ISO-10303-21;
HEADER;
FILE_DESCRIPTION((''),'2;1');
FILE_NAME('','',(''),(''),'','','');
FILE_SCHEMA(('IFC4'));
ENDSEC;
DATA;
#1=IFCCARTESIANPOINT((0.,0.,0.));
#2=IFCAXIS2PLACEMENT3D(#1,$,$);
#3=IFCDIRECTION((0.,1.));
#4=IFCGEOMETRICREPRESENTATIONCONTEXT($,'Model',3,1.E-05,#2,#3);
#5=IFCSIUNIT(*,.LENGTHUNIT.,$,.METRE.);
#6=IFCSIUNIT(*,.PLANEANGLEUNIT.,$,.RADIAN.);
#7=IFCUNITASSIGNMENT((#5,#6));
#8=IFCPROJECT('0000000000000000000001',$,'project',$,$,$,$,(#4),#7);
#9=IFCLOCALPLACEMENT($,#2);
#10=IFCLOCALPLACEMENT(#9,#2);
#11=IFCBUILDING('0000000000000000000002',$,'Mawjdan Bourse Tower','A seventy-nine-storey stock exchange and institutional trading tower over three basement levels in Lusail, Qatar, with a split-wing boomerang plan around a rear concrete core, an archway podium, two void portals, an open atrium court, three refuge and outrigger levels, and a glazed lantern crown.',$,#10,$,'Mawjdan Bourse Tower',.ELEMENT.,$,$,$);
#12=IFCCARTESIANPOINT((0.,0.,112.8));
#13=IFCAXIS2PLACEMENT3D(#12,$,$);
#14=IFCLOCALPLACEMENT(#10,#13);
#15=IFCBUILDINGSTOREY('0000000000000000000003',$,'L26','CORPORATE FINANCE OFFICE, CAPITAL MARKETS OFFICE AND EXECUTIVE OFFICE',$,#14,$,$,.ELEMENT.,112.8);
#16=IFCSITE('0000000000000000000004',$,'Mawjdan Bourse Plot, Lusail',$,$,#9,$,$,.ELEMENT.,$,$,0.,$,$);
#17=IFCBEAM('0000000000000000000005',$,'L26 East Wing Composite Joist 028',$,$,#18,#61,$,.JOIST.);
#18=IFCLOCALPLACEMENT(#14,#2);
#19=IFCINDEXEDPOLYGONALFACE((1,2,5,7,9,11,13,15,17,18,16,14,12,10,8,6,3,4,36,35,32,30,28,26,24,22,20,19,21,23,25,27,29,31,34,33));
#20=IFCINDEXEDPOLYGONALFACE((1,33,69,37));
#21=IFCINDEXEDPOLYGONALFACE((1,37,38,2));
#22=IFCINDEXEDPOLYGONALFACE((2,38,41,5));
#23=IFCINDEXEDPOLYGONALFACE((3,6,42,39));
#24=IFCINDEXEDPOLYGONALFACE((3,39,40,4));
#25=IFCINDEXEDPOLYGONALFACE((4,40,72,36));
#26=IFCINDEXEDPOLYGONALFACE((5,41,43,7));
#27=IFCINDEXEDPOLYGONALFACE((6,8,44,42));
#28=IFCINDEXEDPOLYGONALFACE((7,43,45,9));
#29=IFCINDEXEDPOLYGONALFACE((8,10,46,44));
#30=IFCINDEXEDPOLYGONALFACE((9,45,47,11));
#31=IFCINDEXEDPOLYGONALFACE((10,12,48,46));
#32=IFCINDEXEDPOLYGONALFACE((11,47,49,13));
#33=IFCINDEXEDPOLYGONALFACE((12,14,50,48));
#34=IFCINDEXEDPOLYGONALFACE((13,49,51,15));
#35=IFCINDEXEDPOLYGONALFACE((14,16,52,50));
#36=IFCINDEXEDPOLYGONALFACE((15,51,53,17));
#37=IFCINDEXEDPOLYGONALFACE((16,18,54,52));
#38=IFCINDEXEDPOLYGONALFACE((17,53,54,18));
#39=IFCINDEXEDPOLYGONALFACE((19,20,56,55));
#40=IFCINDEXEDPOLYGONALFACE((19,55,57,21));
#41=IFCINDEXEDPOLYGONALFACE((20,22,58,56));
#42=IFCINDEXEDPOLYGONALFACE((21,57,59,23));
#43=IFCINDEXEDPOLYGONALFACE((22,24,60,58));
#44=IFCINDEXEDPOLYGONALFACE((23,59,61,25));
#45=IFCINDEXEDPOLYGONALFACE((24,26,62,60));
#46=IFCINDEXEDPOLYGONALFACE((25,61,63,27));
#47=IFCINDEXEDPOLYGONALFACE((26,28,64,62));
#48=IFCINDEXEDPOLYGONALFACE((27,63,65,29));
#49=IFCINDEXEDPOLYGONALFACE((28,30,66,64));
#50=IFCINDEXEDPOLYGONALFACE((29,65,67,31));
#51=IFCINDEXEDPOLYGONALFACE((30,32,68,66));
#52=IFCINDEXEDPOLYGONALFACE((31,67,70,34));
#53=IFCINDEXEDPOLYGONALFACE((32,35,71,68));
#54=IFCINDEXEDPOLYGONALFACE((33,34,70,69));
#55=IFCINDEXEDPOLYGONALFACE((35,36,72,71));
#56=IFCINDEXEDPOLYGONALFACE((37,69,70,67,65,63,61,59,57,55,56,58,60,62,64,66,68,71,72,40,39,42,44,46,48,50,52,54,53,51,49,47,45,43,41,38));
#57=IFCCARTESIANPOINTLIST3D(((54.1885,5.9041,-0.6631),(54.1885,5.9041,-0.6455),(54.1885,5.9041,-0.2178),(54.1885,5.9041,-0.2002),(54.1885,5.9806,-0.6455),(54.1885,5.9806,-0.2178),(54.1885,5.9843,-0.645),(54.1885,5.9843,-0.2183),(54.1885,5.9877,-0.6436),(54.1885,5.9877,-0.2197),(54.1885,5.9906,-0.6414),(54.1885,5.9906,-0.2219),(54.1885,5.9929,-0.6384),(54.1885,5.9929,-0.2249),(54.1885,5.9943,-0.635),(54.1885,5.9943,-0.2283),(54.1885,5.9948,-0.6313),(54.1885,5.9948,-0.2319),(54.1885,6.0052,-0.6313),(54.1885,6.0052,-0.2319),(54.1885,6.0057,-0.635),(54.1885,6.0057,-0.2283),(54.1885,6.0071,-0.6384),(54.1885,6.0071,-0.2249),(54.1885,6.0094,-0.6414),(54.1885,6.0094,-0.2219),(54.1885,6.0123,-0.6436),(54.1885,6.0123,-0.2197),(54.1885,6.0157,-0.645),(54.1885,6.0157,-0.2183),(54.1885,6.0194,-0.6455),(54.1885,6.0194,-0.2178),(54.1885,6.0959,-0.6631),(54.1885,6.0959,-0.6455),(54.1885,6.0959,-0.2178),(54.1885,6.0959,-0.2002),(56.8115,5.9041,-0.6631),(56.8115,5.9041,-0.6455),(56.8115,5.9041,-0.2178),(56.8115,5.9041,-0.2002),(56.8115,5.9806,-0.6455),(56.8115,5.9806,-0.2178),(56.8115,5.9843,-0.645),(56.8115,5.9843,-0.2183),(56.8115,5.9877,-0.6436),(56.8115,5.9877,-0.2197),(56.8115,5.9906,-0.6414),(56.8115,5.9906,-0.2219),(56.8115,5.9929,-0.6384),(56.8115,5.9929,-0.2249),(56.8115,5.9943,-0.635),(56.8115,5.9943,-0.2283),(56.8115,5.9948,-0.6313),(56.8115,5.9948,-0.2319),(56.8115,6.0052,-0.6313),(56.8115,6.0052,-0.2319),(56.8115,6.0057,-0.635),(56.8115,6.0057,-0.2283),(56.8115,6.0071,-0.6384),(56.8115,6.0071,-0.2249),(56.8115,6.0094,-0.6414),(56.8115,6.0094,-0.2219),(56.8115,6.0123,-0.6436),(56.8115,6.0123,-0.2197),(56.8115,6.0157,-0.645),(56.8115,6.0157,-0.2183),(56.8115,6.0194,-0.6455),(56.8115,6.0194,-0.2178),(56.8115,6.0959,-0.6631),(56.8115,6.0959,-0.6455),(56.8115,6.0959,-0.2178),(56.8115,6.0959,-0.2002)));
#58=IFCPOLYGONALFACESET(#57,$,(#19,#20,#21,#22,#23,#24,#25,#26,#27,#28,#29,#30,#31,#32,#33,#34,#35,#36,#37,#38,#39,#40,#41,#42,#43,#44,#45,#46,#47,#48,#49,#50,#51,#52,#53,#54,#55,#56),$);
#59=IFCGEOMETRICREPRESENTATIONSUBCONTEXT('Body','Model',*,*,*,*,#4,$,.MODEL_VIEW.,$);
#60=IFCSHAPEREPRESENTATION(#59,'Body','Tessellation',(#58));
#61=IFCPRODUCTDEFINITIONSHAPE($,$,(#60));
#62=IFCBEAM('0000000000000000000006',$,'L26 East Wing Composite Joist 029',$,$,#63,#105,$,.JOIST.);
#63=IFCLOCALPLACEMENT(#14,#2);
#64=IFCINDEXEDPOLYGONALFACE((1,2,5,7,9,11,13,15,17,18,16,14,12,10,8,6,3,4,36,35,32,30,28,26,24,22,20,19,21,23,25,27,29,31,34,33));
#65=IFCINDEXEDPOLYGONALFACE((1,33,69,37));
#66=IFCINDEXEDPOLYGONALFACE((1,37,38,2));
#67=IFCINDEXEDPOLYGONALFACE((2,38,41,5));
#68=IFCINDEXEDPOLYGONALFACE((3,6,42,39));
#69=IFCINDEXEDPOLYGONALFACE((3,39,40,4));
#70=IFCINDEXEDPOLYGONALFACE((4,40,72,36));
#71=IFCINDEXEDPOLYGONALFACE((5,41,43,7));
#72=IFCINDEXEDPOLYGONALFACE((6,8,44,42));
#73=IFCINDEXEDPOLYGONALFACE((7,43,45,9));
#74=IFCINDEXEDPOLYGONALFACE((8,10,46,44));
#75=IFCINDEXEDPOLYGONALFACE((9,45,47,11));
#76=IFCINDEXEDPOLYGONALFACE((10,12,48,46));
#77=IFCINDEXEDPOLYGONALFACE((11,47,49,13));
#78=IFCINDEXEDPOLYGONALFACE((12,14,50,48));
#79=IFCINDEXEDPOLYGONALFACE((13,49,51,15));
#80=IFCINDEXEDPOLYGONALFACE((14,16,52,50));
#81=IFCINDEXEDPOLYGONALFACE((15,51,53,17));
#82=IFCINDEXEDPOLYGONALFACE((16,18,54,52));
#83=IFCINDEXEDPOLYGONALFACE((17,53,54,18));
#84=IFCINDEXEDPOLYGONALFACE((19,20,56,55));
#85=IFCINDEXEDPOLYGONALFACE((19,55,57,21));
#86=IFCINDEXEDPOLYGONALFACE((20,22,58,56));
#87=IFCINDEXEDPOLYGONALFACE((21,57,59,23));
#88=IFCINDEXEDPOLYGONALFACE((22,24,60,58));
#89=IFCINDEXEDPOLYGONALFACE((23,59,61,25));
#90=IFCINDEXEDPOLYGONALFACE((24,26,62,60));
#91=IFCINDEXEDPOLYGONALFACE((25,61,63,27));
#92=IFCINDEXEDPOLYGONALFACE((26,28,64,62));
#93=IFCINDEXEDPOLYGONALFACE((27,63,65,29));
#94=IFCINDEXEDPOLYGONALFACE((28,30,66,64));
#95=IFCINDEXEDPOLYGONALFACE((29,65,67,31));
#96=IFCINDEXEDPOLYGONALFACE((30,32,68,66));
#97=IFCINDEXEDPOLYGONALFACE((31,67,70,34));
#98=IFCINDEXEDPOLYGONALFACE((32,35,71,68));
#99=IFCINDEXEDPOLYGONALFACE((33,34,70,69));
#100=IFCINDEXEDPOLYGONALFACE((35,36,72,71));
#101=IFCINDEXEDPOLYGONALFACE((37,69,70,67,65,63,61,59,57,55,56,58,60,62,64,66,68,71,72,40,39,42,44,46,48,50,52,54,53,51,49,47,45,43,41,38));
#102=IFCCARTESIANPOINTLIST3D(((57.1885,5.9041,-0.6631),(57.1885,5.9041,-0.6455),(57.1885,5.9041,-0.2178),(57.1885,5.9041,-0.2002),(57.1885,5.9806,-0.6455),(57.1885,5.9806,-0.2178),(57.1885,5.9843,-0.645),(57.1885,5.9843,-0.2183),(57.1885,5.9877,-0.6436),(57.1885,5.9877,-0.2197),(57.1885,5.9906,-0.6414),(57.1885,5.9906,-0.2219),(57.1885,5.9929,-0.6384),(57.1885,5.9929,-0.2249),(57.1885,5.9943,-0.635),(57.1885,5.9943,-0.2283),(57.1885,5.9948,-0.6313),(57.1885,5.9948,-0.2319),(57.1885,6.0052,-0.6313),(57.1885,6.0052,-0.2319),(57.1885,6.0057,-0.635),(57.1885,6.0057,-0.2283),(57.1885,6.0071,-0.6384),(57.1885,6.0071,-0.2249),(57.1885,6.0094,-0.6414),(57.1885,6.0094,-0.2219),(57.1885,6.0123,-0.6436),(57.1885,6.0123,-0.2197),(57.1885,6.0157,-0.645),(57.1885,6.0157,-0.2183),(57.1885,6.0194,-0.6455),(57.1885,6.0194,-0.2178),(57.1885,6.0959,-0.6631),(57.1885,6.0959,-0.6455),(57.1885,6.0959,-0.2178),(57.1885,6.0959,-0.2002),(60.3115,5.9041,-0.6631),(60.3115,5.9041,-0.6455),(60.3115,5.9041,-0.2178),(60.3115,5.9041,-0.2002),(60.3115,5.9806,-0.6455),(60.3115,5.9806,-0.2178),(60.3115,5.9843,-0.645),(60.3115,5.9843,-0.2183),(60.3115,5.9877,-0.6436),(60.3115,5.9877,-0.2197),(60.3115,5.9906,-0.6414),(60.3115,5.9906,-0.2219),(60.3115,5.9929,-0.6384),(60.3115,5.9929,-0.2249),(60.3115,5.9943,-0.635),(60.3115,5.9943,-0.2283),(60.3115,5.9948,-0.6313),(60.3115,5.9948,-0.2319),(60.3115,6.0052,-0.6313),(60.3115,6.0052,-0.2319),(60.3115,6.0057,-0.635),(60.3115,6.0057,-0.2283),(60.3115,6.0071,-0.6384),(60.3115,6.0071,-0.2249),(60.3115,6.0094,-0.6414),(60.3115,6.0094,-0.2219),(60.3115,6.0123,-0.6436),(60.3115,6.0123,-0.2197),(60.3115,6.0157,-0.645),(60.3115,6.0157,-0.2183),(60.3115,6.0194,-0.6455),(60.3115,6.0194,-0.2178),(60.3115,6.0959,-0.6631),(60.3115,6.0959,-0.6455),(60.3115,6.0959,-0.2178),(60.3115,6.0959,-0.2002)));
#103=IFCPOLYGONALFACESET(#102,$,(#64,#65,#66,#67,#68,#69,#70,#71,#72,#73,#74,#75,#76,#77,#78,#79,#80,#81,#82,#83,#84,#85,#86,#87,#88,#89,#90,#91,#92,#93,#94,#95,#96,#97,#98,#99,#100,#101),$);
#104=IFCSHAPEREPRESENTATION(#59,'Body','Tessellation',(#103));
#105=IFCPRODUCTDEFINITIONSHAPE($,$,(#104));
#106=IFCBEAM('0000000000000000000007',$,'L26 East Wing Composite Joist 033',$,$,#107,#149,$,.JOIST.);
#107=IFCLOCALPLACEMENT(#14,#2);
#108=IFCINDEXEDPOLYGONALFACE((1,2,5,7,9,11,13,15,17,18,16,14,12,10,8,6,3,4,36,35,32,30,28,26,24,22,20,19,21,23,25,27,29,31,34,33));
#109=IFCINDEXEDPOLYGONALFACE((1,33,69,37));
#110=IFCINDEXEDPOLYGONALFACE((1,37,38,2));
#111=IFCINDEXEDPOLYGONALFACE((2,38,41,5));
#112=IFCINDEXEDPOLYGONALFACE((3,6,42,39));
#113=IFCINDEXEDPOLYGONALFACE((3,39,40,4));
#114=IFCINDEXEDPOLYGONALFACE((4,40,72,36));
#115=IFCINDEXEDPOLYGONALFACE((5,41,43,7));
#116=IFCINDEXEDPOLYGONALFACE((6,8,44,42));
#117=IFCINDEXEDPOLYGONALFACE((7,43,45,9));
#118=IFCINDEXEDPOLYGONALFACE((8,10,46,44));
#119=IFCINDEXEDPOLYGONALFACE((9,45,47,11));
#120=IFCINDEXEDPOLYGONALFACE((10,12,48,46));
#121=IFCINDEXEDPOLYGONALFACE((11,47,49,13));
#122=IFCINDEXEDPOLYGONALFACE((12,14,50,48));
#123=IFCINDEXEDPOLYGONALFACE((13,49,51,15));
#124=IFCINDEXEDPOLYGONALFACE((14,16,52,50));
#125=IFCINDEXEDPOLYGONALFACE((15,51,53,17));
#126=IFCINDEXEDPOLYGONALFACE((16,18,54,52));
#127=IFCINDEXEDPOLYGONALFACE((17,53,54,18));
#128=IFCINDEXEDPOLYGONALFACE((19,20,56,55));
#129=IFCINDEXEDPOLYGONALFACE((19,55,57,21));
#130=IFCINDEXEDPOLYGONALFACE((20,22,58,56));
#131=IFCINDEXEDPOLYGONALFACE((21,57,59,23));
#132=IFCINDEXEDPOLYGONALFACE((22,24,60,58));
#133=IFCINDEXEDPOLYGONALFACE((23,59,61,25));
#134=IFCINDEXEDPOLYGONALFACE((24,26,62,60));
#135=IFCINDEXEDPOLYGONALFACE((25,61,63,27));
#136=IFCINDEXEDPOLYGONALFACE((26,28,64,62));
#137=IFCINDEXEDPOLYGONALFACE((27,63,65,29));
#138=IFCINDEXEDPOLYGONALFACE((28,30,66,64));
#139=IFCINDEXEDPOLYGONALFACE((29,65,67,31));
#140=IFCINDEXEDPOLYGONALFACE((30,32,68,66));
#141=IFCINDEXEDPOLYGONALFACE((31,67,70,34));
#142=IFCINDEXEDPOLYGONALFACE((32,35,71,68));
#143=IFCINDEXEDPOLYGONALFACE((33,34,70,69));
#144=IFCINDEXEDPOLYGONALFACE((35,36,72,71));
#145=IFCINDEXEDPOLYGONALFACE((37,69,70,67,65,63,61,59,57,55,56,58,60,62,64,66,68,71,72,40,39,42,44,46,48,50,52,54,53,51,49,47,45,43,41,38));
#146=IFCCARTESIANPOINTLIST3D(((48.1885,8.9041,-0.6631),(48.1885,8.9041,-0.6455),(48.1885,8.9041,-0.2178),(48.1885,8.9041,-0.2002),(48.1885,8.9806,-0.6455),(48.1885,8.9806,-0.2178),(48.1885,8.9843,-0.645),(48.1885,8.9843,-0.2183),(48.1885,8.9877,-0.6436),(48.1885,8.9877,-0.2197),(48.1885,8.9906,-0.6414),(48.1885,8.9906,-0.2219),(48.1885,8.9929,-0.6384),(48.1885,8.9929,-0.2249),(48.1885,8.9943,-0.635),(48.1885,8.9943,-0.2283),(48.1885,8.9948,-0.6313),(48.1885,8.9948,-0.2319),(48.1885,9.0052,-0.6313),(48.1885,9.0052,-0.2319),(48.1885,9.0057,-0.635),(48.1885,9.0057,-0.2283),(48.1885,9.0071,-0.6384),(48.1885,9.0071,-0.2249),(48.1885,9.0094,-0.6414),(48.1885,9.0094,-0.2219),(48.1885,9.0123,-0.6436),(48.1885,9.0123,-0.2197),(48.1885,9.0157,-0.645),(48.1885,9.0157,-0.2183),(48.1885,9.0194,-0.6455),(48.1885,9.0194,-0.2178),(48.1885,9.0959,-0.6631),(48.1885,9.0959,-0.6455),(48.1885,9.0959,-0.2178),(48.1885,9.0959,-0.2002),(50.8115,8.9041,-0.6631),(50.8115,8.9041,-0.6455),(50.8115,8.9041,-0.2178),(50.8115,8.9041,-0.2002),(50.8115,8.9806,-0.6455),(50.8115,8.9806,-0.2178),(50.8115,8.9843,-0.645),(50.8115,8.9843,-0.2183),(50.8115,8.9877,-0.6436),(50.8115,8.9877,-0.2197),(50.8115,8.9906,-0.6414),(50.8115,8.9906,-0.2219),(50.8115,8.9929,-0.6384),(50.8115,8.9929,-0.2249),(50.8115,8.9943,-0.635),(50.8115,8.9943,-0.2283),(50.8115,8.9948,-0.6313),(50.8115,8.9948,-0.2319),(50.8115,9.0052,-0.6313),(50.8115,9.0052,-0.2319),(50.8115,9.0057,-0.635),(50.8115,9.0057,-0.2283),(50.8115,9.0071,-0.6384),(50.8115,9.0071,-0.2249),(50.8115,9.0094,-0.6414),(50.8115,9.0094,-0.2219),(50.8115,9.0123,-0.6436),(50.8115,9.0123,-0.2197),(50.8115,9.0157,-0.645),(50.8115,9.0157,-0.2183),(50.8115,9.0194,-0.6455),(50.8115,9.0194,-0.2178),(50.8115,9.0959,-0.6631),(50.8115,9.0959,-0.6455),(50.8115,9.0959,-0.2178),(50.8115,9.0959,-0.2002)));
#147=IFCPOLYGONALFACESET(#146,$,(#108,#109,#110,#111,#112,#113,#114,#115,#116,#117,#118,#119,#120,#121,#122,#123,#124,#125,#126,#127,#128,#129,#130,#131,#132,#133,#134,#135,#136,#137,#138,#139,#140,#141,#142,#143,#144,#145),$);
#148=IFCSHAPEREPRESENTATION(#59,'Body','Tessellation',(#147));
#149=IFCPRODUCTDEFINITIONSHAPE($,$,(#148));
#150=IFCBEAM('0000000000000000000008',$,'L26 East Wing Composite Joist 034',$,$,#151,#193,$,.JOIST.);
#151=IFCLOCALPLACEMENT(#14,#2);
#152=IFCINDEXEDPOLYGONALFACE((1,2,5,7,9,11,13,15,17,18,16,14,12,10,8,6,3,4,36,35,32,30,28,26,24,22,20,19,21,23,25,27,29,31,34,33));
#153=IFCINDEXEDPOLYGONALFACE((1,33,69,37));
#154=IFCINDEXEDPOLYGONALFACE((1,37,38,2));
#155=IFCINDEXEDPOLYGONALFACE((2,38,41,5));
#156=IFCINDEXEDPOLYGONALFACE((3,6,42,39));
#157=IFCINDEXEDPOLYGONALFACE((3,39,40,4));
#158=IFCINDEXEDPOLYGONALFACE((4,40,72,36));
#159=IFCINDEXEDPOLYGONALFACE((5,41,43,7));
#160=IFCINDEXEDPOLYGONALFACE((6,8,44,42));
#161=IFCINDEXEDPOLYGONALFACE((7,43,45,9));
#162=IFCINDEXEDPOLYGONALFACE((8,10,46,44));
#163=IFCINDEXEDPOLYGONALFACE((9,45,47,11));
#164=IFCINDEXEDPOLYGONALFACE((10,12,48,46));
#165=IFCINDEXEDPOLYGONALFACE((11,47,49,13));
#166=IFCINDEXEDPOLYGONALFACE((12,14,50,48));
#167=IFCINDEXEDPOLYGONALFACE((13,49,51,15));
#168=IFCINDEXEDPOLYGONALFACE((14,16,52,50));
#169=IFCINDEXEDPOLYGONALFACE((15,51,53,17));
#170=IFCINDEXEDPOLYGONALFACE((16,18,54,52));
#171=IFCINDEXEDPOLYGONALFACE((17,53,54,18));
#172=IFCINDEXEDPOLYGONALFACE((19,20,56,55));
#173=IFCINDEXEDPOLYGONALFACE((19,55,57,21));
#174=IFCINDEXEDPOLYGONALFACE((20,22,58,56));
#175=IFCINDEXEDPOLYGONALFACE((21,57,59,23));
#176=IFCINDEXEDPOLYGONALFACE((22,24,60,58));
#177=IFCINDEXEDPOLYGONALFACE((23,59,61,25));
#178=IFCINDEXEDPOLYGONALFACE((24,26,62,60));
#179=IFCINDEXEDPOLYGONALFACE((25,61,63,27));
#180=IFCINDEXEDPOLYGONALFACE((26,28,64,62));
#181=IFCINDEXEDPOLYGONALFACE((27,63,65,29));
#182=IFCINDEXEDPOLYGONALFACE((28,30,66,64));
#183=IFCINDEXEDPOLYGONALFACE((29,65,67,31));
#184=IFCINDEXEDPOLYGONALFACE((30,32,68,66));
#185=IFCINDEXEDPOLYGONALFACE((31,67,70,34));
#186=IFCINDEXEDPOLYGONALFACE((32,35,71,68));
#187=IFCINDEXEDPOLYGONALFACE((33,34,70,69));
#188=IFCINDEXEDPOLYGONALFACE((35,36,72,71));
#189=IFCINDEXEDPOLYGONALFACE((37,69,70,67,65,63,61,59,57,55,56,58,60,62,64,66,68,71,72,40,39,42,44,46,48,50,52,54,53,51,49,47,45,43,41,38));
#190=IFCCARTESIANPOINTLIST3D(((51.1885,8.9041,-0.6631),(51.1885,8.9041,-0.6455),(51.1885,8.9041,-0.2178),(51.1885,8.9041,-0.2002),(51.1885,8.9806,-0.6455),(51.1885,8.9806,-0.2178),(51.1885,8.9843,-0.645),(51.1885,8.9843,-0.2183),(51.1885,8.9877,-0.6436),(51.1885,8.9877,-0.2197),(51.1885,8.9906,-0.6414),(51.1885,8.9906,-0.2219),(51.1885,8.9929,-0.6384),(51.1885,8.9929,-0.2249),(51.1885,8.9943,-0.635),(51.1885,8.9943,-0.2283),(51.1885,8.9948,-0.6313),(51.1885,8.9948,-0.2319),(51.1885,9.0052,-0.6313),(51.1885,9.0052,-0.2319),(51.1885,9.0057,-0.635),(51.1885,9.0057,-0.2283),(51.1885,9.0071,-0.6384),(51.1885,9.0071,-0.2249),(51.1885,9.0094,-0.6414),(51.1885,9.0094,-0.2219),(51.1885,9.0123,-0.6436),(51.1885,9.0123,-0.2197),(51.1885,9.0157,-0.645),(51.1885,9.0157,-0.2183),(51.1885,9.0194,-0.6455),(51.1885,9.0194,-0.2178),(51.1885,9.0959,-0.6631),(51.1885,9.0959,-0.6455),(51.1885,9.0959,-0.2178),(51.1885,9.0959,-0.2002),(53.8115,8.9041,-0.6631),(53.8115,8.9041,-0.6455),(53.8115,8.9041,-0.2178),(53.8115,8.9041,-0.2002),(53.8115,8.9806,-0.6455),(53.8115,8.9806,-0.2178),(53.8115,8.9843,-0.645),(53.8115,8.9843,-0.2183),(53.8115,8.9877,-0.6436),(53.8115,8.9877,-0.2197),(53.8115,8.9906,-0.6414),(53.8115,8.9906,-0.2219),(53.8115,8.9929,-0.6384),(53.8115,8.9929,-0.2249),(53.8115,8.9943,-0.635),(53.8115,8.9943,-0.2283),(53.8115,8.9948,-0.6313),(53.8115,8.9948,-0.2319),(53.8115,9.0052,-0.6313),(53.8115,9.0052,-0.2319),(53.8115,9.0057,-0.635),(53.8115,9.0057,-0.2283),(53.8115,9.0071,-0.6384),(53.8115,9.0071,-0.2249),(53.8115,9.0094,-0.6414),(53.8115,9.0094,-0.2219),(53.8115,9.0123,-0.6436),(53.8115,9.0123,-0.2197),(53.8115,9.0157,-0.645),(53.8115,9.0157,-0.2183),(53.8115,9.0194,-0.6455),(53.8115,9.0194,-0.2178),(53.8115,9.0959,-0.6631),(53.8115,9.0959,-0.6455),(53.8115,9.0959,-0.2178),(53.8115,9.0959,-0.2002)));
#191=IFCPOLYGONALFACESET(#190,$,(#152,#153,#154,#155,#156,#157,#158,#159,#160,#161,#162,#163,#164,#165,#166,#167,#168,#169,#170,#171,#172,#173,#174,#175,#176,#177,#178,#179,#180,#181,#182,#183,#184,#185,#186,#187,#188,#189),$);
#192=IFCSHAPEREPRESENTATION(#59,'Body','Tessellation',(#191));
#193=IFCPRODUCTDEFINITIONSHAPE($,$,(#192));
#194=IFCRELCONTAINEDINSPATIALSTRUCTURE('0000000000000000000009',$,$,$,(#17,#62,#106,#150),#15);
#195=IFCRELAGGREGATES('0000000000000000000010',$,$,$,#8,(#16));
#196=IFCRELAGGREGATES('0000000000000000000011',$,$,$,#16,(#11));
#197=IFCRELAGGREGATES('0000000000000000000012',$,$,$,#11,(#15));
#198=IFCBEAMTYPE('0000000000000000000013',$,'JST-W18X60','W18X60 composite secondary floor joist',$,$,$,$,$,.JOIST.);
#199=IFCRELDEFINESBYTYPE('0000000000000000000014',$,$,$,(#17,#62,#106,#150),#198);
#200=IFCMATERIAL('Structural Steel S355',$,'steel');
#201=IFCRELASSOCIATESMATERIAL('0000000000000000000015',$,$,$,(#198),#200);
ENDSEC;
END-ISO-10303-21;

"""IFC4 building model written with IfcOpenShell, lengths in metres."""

from ifc_helpers import new_model, si_unit, direction, frame, origin, origin_2d, place, context, subcontext, project, spatial, i_section, extrude, material, material_profile, profile_set, type_object, element, save


model = new_model("IFC4")

# Units and contexts
model_context = context("Model", 3, precision=1e-05, world=origin(), true_north=direction((0.0, 1.0)))
body_context = subcontext(model_context, "Body", "Model", "MODEL_VIEW")
ifc_project = project(units=[si_unit("LENGTHUNIT", "METRE"), si_unit("PLANEANGLEUNIT", "RADIAN")], contexts=[model_context])

# Site, building, storey
site_placement = place(None, origin())
site = spatial("IfcSite", under=ifc_project, at=site_placement, Name="Mawjdan Bourse Plot, Lusail", CompositionType="ELEMENT", RefElevation=0.0)
building_placement = place(site_placement, origin())
building = spatial("IfcBuilding", under=site, at=building_placement, Name="Mawjdan Bourse Tower", Description="A seventy-nine-storey stock exchange and institutional trading tower over three basement levels in Lusail, Qatar, with a split-wing boomerang plan around a rear concrete core, an archway podium, two void portals, an open atrium court, three refuge and outrigger levels, and a glazed lantern crown.", LongName="Mawjdan Bourse Tower", CompositionType="ELEMENT")
storey_placement = place(building_placement, frame((0.0, 0.0, 112.8)))
storey = spatial("IfcBuildingStorey", under=building, at=storey_placement, Name="L26", Description="CORPORATE FINANCE OFFICE, CAPITAL MARKETS OFFICE AND EXECUTIVE OFFICE", CompositionType="ELEMENT", Elevation=112.8)

# Beams
ifc_material_1 = material(Name="Structural Steel S355", Category="steel")
ifc_material_profile_1 = material_profile(ifc_material_1, i_section(OverallWidth=0.1919, OverallDepth=0.4629, WebThickness=0.0105, FlangeThickness=0.0176, FilletRadius=0.0142, at=origin_2d()), Name="W18X60")
ifc_profile_set_1 = profile_set([ifc_material_profile_1], Name="Structural Steel S355")
beam_type_1 = type_object("IfcBeamType", Name="JST-W18X60", Description="W18X60 composite secondary floor joist", PredefinedType="JOIST", material=ifc_profile_set_1)
for number, where, z_axis, x_axis, name in (
    (1, (54.1885, 6.0, -0.4316), (1.0, 0.0, 0.0), (0.0, 1.0, 0.0), "L26 East Wing Composite Joist 028"),
):
    element("IfcBeam", number, at=place(storey_placement, frame(where, z_axis=z_axis, x_axis=x_axis)), inside=storey, type_object=beam_type_1, Name=name, PredefinedType="JOIST", context=body_context, shape_type="SweptSolid", body=[
        extrude(i_section(OverallWidth=0.1919, OverallDepth=0.4629, WebThickness=0.0105, FlangeThickness=0.0176, FilletRadius=0.0142, at=origin_2d()), origin(), (0.0, 0.0, 1.0), 2.623),
    ])
beam_1_placement = place(storey_placement, frame((57.1885, 6.0, -0.4316), z_axis=(1.0, 0.0, 0.0), x_axis=(0.0, 1.0, 0.0)))
element("IfcBeam", 2, at=beam_1_placement, inside=storey, type_object=beam_type_1, Name="L26 East Wing Composite Joist 029", PredefinedType="JOIST", context=body_context, shape_type="SweptSolid", body=[
    extrude(i_section(OverallWidth=0.1919, OverallDepth=0.4629, WebThickness=0.0105, FlangeThickness=0.0176, FilletRadius=0.0142, at=origin_2d()), origin(), (0.0, 0.0, 1.0), 3.123),
])
for number, where, z_axis, x_axis, name in (
    (3, (48.1885, 9.0, -0.4316), (1.0, 0.0, 0.0), (0.0, 1.0, 0.0), "L26 East Wing Composite Joist 033"),
    (4, (51.1885, 9.0, -0.4316), (1.0, 0.0, 0.0), (0.0, 1.0, 0.0), "L26 East Wing Composite Joist 034"),
):
    element("IfcBeam", number, at=place(storey_placement, frame(where, z_axis=z_axis, x_axis=x_axis)), inside=storey, type_object=beam_type_1, Name=name, PredefinedType="JOIST", context=body_context, shape_type="SweptSolid", body=[
        extrude(i_section(OverallWidth=0.1919, OverallDepth=0.4629, WebThickness=0.0105, FlangeThickness=0.0176, FilletRadius=0.0142, at=origin_2d()), origin(), (0.0, 0.0, 1.0), 2.623),
    ])

save(model, "model.ifc")
